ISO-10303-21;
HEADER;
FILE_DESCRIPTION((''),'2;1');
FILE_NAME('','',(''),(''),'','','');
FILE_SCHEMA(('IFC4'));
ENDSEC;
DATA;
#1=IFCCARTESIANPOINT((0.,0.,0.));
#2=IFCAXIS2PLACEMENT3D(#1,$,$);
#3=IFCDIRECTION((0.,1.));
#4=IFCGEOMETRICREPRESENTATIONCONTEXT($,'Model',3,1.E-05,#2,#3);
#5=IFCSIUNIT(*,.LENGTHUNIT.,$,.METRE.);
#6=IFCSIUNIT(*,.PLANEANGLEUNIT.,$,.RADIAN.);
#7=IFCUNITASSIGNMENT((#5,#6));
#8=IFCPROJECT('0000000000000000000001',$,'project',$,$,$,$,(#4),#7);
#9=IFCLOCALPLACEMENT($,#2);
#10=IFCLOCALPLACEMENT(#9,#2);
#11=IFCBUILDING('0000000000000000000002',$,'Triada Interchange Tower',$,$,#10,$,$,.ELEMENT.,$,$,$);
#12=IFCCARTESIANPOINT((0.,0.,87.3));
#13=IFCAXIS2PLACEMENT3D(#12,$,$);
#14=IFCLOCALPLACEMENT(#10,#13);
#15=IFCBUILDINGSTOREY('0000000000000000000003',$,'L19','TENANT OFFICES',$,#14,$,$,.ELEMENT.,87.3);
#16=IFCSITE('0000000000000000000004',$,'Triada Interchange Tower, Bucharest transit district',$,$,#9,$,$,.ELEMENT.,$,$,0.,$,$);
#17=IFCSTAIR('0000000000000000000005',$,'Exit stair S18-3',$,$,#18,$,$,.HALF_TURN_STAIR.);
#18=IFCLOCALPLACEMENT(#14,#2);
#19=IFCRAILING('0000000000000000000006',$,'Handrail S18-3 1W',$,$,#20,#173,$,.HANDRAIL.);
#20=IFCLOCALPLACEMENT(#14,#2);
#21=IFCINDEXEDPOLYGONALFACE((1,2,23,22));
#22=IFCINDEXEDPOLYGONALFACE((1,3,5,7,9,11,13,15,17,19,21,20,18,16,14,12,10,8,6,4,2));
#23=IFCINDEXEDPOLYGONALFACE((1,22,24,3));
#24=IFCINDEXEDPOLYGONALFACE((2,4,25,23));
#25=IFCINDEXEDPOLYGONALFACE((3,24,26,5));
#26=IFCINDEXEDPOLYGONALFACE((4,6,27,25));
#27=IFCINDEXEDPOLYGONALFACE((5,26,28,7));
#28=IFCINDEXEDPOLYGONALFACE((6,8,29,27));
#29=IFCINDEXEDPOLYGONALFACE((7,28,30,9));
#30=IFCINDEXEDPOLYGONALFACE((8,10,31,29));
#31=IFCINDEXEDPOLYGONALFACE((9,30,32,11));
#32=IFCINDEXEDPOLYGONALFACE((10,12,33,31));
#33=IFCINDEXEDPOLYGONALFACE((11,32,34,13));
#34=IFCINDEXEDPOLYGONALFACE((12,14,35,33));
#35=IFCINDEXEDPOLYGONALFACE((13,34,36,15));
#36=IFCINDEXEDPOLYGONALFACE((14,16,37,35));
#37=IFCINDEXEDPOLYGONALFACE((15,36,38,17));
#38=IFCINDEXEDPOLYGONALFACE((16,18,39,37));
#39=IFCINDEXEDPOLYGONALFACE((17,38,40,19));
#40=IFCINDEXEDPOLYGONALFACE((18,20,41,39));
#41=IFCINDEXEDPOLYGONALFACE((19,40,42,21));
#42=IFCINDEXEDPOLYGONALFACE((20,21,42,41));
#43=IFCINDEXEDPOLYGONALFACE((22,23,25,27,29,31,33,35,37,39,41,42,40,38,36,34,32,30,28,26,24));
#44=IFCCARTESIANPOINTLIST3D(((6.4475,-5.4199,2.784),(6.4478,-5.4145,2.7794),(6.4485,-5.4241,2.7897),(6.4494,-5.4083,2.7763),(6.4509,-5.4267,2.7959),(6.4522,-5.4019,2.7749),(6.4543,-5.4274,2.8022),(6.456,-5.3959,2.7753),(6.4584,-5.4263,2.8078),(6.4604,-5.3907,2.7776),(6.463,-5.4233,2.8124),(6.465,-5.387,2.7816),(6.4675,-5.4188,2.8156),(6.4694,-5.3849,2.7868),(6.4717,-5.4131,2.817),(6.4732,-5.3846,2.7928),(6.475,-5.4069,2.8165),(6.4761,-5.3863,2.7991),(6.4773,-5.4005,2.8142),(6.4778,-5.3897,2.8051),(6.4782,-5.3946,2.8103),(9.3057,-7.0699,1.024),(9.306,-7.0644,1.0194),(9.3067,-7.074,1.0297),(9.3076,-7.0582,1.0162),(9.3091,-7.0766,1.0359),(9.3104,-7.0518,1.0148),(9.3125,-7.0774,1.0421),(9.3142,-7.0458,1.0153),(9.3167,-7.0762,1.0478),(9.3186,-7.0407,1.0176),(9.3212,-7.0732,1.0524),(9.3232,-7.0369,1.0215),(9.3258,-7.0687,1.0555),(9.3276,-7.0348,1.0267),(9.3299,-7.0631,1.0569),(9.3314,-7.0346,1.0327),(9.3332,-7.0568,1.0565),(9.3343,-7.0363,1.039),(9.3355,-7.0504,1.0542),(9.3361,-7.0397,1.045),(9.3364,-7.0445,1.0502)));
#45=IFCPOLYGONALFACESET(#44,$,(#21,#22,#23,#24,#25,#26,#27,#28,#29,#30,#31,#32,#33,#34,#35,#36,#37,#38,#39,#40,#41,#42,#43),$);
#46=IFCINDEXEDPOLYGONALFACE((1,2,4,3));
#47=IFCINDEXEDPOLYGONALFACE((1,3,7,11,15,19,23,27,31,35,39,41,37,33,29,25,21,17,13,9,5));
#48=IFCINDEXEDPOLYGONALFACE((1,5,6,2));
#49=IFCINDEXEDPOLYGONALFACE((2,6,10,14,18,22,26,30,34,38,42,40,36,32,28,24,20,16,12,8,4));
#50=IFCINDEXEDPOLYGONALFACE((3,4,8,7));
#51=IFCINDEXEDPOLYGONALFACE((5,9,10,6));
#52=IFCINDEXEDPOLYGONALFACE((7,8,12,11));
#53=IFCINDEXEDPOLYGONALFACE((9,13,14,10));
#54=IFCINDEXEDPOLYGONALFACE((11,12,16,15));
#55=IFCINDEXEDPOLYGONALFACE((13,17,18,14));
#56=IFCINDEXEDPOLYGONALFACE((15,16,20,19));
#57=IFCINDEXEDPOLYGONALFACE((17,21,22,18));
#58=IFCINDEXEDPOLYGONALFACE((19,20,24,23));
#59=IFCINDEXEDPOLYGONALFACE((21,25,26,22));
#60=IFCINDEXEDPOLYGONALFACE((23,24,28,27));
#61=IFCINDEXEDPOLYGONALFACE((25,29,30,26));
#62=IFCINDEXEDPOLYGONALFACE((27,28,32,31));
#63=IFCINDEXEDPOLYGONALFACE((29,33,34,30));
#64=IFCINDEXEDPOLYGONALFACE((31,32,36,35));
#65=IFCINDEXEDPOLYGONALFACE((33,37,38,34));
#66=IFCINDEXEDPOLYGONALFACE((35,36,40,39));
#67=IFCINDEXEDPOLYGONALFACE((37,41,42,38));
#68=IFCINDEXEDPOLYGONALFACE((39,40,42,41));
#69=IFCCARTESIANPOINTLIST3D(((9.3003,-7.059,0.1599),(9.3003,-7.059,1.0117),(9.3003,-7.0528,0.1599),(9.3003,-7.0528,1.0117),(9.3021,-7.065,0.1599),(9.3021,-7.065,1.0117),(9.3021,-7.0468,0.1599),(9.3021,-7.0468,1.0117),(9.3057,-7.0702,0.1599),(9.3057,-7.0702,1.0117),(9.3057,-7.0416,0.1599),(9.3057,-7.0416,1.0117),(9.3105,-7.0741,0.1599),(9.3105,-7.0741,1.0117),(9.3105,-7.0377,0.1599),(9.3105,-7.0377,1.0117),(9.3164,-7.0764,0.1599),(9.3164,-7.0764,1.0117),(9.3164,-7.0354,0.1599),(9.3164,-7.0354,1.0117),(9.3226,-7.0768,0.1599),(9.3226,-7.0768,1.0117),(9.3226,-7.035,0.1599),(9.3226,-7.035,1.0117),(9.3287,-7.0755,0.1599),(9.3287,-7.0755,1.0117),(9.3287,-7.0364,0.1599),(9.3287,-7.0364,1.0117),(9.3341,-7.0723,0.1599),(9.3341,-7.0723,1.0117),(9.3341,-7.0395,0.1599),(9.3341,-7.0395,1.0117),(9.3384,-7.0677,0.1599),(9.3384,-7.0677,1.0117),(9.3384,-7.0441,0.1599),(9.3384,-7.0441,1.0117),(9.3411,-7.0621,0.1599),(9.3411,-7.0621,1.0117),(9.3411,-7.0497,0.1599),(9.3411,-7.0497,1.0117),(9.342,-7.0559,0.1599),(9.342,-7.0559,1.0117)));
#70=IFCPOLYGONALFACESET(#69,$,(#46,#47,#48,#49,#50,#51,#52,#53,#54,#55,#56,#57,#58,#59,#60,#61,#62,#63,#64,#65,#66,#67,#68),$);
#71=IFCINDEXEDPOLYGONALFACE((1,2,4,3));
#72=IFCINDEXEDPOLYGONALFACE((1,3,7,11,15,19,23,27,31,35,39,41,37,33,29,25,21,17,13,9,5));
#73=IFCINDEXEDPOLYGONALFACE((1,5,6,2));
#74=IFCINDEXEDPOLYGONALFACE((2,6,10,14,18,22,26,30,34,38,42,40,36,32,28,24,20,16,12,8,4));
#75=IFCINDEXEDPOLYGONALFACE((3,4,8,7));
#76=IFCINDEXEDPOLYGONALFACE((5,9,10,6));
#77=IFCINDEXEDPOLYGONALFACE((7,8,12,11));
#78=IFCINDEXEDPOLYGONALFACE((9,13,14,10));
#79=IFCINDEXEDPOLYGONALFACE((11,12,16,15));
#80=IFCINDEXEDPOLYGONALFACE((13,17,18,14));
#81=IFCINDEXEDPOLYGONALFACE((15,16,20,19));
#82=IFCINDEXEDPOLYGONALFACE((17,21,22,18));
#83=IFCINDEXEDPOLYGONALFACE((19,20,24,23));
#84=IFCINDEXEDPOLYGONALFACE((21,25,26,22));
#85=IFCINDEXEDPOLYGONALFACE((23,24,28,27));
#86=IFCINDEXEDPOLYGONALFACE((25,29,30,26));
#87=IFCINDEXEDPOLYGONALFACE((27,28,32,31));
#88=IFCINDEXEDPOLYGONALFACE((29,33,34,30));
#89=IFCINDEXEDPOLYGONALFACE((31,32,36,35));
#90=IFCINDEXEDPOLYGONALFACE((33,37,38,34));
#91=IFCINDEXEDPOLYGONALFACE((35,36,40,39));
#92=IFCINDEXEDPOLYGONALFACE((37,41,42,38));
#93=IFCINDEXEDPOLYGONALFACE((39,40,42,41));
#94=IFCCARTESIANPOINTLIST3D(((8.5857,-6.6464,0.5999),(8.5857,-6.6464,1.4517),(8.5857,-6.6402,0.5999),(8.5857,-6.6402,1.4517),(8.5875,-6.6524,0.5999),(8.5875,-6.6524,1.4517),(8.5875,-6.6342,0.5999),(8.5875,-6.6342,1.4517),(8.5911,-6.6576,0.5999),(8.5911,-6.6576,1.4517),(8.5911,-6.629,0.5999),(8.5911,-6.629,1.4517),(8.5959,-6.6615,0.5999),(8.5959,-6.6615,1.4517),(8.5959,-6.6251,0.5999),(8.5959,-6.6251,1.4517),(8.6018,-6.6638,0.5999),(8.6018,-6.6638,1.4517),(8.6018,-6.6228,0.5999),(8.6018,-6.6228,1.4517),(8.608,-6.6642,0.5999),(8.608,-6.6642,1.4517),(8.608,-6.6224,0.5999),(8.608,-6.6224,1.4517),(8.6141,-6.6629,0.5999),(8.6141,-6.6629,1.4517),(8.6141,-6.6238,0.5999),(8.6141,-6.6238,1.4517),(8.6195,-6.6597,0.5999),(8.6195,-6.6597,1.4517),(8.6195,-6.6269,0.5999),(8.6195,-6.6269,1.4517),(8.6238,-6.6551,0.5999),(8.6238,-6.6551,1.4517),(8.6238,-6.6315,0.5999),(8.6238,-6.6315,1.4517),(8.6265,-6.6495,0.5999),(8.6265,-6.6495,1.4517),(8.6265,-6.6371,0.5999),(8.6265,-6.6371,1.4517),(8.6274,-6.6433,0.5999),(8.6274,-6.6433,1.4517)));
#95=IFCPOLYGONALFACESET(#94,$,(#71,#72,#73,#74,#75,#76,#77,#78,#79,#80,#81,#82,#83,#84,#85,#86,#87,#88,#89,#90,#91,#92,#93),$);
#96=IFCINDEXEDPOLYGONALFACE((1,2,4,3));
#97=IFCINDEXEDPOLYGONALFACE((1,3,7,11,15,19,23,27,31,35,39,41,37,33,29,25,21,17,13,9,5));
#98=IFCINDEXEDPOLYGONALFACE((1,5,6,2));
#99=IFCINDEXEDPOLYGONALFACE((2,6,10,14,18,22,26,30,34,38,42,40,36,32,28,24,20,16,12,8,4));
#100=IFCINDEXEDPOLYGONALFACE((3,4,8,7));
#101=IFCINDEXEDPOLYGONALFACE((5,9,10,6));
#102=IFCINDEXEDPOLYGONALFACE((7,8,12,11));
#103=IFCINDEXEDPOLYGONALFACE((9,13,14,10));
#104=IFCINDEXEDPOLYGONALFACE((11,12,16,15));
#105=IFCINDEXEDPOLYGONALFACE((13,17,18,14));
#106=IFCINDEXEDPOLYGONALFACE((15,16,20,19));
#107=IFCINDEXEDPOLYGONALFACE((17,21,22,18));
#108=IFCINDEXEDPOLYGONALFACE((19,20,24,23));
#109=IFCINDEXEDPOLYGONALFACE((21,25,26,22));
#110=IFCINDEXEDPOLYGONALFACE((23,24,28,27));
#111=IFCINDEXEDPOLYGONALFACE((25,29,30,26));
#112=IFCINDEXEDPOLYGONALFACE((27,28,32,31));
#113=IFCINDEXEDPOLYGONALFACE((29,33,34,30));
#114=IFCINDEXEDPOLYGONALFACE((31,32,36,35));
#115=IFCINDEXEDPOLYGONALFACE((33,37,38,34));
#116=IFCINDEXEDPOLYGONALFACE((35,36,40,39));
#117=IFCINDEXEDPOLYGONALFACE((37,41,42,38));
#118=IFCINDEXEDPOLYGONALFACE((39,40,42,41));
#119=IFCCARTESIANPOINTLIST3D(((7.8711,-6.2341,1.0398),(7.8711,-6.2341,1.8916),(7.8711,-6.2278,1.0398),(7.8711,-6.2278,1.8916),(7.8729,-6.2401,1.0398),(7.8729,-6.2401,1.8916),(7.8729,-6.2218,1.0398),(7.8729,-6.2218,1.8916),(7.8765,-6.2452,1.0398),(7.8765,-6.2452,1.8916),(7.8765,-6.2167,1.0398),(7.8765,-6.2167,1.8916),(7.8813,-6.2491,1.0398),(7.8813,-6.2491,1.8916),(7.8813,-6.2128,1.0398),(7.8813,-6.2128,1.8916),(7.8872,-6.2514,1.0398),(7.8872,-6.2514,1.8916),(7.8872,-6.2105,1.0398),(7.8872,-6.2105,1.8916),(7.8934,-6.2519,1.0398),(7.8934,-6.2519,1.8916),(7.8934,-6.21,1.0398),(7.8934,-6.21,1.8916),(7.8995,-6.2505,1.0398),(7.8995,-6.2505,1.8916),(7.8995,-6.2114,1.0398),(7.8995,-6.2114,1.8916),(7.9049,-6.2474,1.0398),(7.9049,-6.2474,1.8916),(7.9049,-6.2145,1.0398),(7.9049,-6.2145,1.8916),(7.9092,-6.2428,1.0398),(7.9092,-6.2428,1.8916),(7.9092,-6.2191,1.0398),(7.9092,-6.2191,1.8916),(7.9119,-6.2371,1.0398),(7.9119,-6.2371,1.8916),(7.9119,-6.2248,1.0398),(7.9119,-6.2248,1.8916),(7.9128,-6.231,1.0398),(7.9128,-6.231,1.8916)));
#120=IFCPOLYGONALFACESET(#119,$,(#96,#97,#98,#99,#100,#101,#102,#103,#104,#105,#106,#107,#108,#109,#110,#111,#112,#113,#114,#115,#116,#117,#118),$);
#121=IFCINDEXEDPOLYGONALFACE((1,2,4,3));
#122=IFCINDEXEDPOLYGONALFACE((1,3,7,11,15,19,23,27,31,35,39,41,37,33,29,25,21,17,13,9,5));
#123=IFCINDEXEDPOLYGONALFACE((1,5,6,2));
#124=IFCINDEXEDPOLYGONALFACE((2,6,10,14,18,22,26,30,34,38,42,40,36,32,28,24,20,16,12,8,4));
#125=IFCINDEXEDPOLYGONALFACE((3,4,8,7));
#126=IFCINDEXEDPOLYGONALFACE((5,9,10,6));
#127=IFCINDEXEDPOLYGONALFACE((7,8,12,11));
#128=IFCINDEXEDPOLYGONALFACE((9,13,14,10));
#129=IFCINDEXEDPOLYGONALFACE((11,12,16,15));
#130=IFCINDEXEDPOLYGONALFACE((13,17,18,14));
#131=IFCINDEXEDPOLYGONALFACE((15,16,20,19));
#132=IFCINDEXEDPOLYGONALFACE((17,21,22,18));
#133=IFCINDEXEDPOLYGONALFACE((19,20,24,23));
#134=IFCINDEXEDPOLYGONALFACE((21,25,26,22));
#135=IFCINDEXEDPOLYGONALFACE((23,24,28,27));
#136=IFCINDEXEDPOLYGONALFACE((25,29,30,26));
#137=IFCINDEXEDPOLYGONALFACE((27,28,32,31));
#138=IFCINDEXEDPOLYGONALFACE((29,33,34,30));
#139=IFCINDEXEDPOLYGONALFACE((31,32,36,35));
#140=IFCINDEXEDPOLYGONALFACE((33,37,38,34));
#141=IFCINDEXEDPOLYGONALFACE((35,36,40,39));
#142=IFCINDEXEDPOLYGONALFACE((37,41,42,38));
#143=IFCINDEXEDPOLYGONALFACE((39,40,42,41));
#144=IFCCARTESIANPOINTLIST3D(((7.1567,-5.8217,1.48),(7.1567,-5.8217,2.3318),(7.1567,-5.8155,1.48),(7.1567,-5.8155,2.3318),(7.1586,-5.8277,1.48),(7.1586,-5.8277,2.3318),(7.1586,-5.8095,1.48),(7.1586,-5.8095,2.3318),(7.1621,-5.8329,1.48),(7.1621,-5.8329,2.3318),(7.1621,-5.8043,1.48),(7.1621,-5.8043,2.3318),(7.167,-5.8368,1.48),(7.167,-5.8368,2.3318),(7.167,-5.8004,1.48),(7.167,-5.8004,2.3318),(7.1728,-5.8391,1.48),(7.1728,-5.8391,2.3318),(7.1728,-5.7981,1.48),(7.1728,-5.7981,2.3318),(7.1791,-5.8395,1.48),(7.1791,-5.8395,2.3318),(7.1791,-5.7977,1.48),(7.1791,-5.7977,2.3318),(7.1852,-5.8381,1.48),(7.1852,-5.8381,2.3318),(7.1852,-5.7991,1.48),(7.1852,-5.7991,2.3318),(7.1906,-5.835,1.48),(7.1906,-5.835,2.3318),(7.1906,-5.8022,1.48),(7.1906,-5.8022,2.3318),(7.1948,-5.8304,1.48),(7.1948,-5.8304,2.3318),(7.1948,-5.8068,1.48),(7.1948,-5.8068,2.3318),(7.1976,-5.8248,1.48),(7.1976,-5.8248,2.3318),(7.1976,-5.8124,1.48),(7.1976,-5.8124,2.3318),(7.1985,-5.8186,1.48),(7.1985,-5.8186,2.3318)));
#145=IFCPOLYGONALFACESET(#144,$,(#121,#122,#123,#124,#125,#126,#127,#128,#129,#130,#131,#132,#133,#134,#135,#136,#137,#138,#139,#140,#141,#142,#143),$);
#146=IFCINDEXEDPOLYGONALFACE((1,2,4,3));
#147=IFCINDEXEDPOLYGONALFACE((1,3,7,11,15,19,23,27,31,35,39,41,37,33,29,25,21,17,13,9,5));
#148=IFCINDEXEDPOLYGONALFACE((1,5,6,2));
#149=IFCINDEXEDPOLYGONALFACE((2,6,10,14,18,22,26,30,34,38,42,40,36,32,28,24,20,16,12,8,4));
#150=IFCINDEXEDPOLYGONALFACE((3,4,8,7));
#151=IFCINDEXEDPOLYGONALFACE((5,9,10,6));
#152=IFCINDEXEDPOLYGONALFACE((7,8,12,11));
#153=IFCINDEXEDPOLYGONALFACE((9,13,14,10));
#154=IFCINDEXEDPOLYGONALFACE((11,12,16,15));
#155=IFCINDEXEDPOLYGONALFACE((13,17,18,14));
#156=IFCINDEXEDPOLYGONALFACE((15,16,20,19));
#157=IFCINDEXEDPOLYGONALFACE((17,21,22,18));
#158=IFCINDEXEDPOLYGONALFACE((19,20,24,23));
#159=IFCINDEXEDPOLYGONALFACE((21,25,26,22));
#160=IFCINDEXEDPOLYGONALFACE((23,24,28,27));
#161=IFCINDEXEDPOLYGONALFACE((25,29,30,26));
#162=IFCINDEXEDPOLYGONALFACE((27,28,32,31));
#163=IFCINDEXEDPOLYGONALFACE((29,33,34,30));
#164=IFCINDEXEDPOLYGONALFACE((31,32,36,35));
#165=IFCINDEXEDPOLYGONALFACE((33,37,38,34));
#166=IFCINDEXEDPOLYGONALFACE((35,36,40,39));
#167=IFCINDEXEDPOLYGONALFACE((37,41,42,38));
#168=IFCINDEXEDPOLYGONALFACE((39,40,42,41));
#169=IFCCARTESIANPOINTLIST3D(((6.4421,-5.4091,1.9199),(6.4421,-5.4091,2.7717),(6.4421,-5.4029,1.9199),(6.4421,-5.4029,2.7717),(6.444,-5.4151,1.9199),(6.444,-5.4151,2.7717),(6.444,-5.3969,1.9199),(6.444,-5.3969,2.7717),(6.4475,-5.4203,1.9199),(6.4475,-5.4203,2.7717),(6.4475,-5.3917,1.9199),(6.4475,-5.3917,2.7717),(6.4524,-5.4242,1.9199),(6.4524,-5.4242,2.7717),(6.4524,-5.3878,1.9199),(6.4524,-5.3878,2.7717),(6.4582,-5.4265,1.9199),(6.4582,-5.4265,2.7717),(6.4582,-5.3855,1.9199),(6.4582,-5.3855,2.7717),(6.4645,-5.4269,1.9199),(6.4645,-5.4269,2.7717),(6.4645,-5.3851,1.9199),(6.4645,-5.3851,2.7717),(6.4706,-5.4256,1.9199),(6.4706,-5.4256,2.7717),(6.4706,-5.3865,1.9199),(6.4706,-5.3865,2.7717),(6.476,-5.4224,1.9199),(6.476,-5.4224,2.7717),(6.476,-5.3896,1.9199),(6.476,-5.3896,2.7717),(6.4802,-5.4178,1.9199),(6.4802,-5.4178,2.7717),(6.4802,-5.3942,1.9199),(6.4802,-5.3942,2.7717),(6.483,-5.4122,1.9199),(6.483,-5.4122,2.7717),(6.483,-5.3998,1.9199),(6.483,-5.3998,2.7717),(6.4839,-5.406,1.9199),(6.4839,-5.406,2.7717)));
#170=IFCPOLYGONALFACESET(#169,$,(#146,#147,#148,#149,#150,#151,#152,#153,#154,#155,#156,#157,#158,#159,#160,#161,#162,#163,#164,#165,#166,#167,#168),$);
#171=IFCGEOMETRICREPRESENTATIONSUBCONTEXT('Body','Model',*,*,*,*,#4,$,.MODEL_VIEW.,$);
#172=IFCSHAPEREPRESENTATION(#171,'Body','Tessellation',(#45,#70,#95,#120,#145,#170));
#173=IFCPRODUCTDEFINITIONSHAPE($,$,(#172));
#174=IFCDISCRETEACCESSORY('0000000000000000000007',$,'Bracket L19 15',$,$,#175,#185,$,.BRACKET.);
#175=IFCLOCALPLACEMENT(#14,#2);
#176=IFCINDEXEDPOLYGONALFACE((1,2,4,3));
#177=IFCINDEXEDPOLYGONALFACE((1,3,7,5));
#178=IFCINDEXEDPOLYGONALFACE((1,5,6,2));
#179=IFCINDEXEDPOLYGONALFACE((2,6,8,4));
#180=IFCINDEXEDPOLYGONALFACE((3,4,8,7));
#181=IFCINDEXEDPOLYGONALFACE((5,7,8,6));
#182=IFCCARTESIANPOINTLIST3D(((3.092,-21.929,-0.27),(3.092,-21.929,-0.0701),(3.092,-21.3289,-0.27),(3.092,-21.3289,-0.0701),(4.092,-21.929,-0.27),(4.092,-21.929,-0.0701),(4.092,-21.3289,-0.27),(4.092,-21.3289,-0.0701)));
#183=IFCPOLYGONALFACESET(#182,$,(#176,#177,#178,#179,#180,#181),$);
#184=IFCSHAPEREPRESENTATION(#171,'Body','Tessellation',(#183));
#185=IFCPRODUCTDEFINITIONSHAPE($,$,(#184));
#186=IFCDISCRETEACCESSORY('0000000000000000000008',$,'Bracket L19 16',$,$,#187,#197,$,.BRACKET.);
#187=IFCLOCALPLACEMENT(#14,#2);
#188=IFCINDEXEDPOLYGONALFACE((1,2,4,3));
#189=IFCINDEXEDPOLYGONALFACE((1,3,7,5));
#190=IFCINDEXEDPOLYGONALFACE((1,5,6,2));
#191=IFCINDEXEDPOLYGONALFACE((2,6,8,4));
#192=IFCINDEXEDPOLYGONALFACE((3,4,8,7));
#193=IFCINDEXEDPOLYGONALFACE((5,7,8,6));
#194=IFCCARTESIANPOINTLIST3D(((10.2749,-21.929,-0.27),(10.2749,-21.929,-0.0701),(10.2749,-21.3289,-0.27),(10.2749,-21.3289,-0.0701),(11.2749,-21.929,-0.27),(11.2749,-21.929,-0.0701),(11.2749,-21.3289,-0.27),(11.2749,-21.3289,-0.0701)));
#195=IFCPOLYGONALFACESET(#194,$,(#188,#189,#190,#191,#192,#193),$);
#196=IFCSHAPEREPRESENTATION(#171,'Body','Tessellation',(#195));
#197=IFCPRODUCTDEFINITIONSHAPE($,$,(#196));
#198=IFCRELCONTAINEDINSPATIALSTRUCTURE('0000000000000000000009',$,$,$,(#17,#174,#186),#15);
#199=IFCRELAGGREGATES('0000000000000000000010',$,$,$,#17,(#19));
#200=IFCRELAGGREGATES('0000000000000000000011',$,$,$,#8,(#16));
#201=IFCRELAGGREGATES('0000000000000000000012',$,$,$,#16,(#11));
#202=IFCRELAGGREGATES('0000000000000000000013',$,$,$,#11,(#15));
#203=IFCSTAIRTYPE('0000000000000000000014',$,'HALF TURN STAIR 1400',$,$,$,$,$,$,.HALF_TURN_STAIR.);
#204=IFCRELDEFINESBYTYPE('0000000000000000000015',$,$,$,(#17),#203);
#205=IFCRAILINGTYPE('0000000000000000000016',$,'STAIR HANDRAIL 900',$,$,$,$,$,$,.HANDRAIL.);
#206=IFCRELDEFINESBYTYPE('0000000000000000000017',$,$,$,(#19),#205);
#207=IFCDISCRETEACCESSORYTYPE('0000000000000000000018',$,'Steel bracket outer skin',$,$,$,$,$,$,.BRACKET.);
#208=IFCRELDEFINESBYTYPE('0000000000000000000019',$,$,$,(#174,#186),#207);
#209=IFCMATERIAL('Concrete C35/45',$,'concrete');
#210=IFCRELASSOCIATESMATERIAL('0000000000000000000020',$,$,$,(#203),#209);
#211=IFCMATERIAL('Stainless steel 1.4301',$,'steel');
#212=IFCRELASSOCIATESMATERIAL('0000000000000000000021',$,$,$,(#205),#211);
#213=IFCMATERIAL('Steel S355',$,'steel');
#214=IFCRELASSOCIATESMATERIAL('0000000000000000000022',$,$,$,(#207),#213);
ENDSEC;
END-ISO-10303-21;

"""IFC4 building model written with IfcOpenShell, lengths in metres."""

from ifc_helpers import new_model, si_unit, direction, frame, origin, origin_2d, place, context, subcontext, project, spatial, rectangle, circle, extrude, material, type_object, element, aggregate, save


model = new_model("IFC4")

# Units and contexts
model_context = context("Model", 3, precision=1e-05, world=origin(), true_north=direction((0.0, 1.0)))
body_context = subcontext(model_context, "Body", "Model", "MODEL_VIEW")
ifc_project = project(units=[si_unit("LENGTHUNIT", "METRE"), si_unit("PLANEANGLEUNIT", "RADIAN")], contexts=[model_context])

# Site, building, storey
site_placement = place(None, origin())
site = spatial("IfcSite", under=ifc_project, at=site_placement, Name="Triada Interchange Tower, Bucharest transit district", CompositionType="ELEMENT", RefElevation=0.0)
building_placement = place(site_placement, origin())
building = spatial("IfcBuilding", under=site, at=building_placement, Name="Triada Interchange Tower", CompositionType="ELEMENT")
storey_placement = place(building_placement, frame((0.0, 0.0, 87.3)))
storey = spatial("IfcBuildingStorey", under=building, at=storey_placement, Name="L19", Description="TENANT OFFICES", CompositionType="ELEMENT", Elevation=87.3)

# Stair, railing
ifc_material_1 = material(Name="Concrete C35/45", Category="concrete")
stair_type = type_object("IfcStairType", Name="HALF TURN STAIR 1400", PredefinedType="HALF_TURN_STAIR", material=ifc_material_1)
stair_placement = place(storey_placement, origin())
stair = element("IfcStair", 1, at=stair_placement, inside=storey, type_object=stair_type, Name="Exit stair S18-3", PredefinedType="HALF_TURN_STAIR")
ifc_material_2 = material(Name="Stainless steel 1.4301", Category="steel")
railing_type = type_object("IfcRailingType", Name="STAIR HANDRAIL 900", PredefinedType="HANDRAIL", material=ifc_material_2)
railing_placement = place(storey_placement, frame((9.321, -7.0559, 0.1599)))
railing = element("IfcRailing", 2, at=railing_placement, type_object=railing_type, Name="Handrail S18-3 1W", PredefinedType="HANDRAIL", context=body_context, shape_type="SweptSolid", body=[
    extrude(circle(Radius=0.0239, at=origin_2d()), frame((0.0, 0.0, 0.876), z_axis=(-0.764178, 0.441131, 0.47057), x_axis=(-0.499942, -0.866059, 0.0)), (0.0, 0.0, 1.0), 3.7402),
    extrude(circle(Radius=0.021, at=origin_2d()), origin(), (0.0, 0.0, 1.0), 0.8518),
    extrude(circle(Radius=0.021, at=origin_2d()), frame((-0.7146, 0.4126, 0.4399)), (0.0, 0.0, 1.0), 0.8518),
    extrude(circle(Radius=0.021, at=origin_2d()), frame((-1.4292, 0.825, 0.8799)), (0.0, 0.0, 1.0), 0.8518),
    extrude(circle(Radius=0.021, at=origin_2d()), frame((-2.1436, 1.2373, 1.3201)), (0.0, 0.0, 1.0), 0.8518),
    extrude(circle(Radius=0.021, at=origin_2d()), frame((-2.8582, 1.6499, 1.76)), (0.0, 0.0, 1.0), 0.8518),
])
aggregate(stair, [railing])

# Discrete accessories
ifc_material_3 = material(Name="Steel S355", Category="steel")
discrete_accessory_type = type_object("IfcDiscreteAccessoryType", Name="Steel bracket outer skin", PredefinedType="BRACKET", material=ifc_material_3)
for number, where, z_axis, x_axis, name in (
    (3, (3.592, -21.6289, -0.27), (0.0, 0.0, 1.0), (0.0, -1.0, 0.0), "Bracket L19 15"),
    (4, (10.7749, -21.6289, -0.27), (0.0, 0.0, 1.0), (0.0, -1.0, 0.0), "Bracket L19 16"),
):
    element("IfcDiscreteAccessory", number, at=place(storey_placement, frame(where, z_axis=z_axis, x_axis=x_axis)), inside=storey, type_object=discrete_accessory_type, Name=name, PredefinedType="BRACKET", context=body_context, shape_type="SweptSolid", body=[
        extrude(rectangle(XDim=0.6001, YDim=1.0, at=origin_2d()), origin(), (0.0, 0.0, 1.0), 0.2),
    ])

save(model, "model.ifc")
